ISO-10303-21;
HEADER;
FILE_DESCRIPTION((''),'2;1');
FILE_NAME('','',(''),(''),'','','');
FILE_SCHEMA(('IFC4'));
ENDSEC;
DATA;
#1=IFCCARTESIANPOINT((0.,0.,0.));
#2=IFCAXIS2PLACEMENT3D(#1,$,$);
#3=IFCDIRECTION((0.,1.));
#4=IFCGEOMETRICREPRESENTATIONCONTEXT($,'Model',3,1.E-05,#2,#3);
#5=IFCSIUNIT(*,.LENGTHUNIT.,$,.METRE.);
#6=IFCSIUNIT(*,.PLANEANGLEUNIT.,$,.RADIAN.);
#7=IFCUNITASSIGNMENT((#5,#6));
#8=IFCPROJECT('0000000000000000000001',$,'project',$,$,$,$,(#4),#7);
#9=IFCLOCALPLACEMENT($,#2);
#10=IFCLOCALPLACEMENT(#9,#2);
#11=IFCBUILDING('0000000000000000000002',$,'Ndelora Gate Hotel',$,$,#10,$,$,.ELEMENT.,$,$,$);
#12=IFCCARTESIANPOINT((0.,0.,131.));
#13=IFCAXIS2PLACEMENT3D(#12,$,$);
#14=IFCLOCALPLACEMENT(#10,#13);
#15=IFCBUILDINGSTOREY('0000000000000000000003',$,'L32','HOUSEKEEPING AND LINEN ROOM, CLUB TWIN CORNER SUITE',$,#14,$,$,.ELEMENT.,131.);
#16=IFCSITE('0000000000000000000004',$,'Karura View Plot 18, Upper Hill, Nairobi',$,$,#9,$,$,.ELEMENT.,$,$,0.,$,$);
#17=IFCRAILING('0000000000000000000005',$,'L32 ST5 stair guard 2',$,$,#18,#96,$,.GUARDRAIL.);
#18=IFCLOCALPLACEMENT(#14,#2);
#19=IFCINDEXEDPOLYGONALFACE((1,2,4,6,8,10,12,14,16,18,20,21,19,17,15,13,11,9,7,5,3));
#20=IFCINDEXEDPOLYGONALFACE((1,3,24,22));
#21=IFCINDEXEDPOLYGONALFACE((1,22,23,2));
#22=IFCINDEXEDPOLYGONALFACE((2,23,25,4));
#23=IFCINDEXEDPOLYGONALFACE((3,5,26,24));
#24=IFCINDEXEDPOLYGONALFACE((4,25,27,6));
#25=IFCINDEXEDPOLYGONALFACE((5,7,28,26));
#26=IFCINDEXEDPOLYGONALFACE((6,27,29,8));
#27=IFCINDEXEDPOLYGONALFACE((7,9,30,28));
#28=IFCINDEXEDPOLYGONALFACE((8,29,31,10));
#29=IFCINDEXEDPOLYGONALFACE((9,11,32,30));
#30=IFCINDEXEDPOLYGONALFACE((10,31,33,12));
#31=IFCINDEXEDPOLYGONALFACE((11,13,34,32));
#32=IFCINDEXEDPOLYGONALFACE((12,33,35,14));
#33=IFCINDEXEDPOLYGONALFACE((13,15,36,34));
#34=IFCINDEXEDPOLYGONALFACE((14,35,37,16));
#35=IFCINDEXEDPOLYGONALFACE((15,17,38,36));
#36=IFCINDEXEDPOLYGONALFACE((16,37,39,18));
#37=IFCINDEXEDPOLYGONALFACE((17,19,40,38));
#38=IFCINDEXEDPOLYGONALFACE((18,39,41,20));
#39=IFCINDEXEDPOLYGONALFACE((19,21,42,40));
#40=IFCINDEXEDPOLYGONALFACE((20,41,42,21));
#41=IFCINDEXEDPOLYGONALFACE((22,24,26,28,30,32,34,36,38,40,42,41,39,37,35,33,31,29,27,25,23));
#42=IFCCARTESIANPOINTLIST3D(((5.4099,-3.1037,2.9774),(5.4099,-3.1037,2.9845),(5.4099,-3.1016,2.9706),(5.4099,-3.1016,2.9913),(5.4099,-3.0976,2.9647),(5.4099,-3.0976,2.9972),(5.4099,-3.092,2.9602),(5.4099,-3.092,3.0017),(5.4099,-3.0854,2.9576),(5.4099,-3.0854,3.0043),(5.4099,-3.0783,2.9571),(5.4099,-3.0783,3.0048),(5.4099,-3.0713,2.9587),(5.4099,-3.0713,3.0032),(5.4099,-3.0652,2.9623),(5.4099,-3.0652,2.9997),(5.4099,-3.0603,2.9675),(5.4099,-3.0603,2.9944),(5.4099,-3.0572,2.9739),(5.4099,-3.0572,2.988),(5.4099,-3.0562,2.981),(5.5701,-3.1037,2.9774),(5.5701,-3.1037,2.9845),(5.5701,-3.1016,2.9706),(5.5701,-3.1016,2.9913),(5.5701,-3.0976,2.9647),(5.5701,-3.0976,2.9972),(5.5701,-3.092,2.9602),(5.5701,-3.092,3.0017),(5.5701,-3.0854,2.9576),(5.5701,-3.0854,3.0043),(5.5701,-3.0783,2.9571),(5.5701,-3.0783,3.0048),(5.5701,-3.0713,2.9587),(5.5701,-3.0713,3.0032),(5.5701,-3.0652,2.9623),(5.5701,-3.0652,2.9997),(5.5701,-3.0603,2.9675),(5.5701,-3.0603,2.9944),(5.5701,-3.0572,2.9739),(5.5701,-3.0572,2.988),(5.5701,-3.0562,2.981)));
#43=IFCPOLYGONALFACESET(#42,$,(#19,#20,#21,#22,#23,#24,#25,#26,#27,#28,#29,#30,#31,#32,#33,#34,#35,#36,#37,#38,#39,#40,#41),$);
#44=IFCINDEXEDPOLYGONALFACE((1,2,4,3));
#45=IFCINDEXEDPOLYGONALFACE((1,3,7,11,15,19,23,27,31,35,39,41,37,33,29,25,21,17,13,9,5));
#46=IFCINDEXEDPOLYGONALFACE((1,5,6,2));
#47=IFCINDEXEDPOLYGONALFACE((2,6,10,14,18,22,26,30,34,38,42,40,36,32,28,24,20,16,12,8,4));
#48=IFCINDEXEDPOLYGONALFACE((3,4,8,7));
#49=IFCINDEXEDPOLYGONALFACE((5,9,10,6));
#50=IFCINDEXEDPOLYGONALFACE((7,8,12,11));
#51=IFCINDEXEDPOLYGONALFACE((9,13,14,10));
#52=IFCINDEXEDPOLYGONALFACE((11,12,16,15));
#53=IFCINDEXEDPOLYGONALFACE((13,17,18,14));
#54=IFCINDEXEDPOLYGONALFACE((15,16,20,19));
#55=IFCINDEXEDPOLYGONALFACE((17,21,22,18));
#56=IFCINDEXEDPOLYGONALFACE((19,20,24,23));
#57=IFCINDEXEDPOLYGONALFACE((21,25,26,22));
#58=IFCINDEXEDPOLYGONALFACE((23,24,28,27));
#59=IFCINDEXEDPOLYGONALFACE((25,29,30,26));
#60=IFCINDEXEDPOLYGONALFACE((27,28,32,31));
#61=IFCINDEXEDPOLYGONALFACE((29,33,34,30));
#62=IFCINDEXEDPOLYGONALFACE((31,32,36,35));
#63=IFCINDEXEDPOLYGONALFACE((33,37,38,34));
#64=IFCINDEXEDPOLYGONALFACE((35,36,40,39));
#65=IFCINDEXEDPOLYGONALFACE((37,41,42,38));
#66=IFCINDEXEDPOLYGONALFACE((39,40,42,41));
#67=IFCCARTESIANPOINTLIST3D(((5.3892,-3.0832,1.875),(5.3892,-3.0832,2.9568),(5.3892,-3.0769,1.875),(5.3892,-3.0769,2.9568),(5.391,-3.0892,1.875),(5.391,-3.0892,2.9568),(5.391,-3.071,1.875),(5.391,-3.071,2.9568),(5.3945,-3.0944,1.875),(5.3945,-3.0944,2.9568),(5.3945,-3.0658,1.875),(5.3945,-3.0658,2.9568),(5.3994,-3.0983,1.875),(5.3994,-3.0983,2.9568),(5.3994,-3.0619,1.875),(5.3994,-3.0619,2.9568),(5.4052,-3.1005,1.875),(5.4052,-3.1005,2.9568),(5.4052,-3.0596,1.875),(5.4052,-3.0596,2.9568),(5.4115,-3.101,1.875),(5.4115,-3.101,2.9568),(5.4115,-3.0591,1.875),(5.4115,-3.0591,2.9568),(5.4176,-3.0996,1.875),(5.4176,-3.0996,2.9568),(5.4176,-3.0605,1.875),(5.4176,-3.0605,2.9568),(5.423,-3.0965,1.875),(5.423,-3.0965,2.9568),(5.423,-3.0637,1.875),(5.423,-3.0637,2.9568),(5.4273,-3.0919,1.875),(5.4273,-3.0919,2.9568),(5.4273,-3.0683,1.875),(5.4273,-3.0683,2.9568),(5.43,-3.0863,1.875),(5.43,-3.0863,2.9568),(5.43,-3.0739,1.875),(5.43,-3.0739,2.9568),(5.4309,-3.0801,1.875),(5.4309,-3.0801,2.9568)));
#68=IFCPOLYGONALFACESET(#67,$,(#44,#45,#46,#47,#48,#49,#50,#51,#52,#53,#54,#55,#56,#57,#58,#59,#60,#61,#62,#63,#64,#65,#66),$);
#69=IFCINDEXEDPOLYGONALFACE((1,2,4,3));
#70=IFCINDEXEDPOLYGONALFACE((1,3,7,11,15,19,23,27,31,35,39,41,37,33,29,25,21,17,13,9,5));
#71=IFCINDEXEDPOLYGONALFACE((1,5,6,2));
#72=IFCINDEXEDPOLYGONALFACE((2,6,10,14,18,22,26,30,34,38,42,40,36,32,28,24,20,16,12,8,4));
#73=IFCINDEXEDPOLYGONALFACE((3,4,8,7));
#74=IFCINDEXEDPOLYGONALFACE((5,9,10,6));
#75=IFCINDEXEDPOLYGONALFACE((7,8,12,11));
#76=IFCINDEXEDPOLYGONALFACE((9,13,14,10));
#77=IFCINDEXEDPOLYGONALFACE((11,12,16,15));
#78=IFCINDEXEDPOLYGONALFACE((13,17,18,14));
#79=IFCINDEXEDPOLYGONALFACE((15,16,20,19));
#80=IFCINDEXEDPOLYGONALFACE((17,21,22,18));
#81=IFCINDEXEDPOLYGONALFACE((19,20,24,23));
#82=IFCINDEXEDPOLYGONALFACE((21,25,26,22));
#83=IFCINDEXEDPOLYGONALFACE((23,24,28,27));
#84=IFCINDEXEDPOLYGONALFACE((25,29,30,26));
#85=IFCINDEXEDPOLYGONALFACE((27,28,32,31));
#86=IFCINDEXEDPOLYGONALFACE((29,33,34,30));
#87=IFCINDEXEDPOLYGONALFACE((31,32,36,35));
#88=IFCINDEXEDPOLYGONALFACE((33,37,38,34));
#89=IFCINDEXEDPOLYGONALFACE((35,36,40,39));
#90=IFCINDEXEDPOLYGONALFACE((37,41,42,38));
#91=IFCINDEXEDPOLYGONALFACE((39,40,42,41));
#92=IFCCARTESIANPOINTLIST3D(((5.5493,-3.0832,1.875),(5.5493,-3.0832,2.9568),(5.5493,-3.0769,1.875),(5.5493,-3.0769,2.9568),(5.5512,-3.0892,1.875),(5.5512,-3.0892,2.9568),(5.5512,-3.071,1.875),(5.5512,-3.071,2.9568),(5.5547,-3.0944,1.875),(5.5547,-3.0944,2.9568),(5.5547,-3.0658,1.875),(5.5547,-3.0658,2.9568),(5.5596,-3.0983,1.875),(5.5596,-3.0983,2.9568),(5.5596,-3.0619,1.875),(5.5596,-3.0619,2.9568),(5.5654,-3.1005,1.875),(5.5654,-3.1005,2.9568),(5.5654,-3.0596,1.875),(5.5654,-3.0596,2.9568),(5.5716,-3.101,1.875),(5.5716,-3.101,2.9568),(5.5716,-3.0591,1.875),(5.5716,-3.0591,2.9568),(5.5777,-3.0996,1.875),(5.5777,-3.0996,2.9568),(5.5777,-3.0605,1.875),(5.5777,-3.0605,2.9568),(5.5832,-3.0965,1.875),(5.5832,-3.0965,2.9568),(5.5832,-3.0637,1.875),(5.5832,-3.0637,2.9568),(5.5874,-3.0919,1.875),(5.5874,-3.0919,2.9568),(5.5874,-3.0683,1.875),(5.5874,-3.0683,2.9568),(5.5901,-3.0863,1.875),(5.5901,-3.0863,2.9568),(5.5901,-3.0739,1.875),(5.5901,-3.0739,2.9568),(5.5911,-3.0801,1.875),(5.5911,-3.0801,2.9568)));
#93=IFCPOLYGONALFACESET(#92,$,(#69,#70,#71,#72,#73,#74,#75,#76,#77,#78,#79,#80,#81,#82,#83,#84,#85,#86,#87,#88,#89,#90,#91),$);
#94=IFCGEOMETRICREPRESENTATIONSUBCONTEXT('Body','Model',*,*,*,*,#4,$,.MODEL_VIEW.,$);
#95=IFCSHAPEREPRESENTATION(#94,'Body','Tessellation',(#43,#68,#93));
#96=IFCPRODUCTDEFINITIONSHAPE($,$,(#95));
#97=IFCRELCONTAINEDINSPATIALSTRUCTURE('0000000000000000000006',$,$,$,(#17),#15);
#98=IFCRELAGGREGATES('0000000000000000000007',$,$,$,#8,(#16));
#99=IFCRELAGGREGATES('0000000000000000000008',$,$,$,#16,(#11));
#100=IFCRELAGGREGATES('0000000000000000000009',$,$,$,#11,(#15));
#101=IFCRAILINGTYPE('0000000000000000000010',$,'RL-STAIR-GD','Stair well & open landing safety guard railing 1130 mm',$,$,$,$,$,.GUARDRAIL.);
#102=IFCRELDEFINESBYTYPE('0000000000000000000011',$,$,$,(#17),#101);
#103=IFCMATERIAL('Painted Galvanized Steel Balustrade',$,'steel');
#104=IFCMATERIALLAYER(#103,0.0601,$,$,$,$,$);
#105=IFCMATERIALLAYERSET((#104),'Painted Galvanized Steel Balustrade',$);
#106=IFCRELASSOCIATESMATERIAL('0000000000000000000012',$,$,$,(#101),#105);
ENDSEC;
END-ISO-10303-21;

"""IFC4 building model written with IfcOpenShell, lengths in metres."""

from ifc_helpers import new_model, si_unit, direction, frame, origin, origin_2d, place, context, subcontext, project, spatial, circle, extrude, material, layer, layer_set, type_object, element, save


model = new_model("IFC4")

# Units and contexts
model_context = context("Model", 3, precision=1e-05, world=origin(), true_north=direction((0.0, 1.0)))
body_context = subcontext(model_context, "Body", "Model", "MODEL_VIEW")
ifc_project = project(units=[si_unit("LENGTHUNIT", "METRE"), si_unit("PLANEANGLEUNIT", "RADIAN")], contexts=[model_context])

# Site, building, storey
site_placement = place(None, origin())
site = spatial("IfcSite", under=ifc_project, at=site_placement, Name="Karura View Plot 18, Upper Hill, Nairobi", CompositionType="ELEMENT", RefElevation=0.0)
building_placement = place(site_placement, origin())
building = spatial("IfcBuilding", under=site, at=building_placement, Name="Ndelora Gate Hotel", CompositionType="ELEMENT")
storey_placement = place(building_placement, frame((0.0, 0.0, 131.0)))
storey = spatial("IfcBuildingStorey", under=building, at=storey_placement, Name="L32", Description="HOUSEKEEPING AND LINEN ROOM, CLUB TWIN CORNER SUITE", CompositionType="ELEMENT", Elevation=131.0)

# Railing
ifc_material_1 = material(Name="Painted Galvanized Steel Balustrade", Category="steel")
ifc_layer_1 = layer(ifc_material_1, 0.0601)
ifc_layer_set_1 = layer_set([ifc_layer_1], Name="Painted Galvanized Steel Balustrade")
railing_type_1 = type_object("IfcRailingType", Name="RL-STAIR-GD", Description="Stair well & open landing safety guard railing 1130 mm", PredefinedType="GUARDRAIL", material=ifc_layer_set_1)
railing_1_placement = place(storey_placement, frame((5.4099, -3.0801, 1.875)))
element("IfcRailing", 1, at=railing_1_placement, inside=storey, type_object=railing_type_1, Name="L32 ST5 stair guard 2", PredefinedType="GUARDRAIL", context=body_context, shape_type="SweptSolid", body=[
    extrude(circle(Radius=0.0239, at=origin_2d()), frame((0.0, 0.0, 1.106), z_axis=(1.0, 0.0, 0.0), x_axis=(0.0, 1.0, 0.0)), (0.0, 0.0, 1.0), 0.1602),
    extrude(circle(Radius=0.021, at=origin_2d()), origin(), (0.0, 0.0, 1.0), 1.0818),
    extrude(circle(Radius=0.021, at=origin_2d()), frame((0.1602, 0.0, 0.0)), (0.0, 0.0, 1.0), 1.0818),
])

save(model, "model.ifc")
